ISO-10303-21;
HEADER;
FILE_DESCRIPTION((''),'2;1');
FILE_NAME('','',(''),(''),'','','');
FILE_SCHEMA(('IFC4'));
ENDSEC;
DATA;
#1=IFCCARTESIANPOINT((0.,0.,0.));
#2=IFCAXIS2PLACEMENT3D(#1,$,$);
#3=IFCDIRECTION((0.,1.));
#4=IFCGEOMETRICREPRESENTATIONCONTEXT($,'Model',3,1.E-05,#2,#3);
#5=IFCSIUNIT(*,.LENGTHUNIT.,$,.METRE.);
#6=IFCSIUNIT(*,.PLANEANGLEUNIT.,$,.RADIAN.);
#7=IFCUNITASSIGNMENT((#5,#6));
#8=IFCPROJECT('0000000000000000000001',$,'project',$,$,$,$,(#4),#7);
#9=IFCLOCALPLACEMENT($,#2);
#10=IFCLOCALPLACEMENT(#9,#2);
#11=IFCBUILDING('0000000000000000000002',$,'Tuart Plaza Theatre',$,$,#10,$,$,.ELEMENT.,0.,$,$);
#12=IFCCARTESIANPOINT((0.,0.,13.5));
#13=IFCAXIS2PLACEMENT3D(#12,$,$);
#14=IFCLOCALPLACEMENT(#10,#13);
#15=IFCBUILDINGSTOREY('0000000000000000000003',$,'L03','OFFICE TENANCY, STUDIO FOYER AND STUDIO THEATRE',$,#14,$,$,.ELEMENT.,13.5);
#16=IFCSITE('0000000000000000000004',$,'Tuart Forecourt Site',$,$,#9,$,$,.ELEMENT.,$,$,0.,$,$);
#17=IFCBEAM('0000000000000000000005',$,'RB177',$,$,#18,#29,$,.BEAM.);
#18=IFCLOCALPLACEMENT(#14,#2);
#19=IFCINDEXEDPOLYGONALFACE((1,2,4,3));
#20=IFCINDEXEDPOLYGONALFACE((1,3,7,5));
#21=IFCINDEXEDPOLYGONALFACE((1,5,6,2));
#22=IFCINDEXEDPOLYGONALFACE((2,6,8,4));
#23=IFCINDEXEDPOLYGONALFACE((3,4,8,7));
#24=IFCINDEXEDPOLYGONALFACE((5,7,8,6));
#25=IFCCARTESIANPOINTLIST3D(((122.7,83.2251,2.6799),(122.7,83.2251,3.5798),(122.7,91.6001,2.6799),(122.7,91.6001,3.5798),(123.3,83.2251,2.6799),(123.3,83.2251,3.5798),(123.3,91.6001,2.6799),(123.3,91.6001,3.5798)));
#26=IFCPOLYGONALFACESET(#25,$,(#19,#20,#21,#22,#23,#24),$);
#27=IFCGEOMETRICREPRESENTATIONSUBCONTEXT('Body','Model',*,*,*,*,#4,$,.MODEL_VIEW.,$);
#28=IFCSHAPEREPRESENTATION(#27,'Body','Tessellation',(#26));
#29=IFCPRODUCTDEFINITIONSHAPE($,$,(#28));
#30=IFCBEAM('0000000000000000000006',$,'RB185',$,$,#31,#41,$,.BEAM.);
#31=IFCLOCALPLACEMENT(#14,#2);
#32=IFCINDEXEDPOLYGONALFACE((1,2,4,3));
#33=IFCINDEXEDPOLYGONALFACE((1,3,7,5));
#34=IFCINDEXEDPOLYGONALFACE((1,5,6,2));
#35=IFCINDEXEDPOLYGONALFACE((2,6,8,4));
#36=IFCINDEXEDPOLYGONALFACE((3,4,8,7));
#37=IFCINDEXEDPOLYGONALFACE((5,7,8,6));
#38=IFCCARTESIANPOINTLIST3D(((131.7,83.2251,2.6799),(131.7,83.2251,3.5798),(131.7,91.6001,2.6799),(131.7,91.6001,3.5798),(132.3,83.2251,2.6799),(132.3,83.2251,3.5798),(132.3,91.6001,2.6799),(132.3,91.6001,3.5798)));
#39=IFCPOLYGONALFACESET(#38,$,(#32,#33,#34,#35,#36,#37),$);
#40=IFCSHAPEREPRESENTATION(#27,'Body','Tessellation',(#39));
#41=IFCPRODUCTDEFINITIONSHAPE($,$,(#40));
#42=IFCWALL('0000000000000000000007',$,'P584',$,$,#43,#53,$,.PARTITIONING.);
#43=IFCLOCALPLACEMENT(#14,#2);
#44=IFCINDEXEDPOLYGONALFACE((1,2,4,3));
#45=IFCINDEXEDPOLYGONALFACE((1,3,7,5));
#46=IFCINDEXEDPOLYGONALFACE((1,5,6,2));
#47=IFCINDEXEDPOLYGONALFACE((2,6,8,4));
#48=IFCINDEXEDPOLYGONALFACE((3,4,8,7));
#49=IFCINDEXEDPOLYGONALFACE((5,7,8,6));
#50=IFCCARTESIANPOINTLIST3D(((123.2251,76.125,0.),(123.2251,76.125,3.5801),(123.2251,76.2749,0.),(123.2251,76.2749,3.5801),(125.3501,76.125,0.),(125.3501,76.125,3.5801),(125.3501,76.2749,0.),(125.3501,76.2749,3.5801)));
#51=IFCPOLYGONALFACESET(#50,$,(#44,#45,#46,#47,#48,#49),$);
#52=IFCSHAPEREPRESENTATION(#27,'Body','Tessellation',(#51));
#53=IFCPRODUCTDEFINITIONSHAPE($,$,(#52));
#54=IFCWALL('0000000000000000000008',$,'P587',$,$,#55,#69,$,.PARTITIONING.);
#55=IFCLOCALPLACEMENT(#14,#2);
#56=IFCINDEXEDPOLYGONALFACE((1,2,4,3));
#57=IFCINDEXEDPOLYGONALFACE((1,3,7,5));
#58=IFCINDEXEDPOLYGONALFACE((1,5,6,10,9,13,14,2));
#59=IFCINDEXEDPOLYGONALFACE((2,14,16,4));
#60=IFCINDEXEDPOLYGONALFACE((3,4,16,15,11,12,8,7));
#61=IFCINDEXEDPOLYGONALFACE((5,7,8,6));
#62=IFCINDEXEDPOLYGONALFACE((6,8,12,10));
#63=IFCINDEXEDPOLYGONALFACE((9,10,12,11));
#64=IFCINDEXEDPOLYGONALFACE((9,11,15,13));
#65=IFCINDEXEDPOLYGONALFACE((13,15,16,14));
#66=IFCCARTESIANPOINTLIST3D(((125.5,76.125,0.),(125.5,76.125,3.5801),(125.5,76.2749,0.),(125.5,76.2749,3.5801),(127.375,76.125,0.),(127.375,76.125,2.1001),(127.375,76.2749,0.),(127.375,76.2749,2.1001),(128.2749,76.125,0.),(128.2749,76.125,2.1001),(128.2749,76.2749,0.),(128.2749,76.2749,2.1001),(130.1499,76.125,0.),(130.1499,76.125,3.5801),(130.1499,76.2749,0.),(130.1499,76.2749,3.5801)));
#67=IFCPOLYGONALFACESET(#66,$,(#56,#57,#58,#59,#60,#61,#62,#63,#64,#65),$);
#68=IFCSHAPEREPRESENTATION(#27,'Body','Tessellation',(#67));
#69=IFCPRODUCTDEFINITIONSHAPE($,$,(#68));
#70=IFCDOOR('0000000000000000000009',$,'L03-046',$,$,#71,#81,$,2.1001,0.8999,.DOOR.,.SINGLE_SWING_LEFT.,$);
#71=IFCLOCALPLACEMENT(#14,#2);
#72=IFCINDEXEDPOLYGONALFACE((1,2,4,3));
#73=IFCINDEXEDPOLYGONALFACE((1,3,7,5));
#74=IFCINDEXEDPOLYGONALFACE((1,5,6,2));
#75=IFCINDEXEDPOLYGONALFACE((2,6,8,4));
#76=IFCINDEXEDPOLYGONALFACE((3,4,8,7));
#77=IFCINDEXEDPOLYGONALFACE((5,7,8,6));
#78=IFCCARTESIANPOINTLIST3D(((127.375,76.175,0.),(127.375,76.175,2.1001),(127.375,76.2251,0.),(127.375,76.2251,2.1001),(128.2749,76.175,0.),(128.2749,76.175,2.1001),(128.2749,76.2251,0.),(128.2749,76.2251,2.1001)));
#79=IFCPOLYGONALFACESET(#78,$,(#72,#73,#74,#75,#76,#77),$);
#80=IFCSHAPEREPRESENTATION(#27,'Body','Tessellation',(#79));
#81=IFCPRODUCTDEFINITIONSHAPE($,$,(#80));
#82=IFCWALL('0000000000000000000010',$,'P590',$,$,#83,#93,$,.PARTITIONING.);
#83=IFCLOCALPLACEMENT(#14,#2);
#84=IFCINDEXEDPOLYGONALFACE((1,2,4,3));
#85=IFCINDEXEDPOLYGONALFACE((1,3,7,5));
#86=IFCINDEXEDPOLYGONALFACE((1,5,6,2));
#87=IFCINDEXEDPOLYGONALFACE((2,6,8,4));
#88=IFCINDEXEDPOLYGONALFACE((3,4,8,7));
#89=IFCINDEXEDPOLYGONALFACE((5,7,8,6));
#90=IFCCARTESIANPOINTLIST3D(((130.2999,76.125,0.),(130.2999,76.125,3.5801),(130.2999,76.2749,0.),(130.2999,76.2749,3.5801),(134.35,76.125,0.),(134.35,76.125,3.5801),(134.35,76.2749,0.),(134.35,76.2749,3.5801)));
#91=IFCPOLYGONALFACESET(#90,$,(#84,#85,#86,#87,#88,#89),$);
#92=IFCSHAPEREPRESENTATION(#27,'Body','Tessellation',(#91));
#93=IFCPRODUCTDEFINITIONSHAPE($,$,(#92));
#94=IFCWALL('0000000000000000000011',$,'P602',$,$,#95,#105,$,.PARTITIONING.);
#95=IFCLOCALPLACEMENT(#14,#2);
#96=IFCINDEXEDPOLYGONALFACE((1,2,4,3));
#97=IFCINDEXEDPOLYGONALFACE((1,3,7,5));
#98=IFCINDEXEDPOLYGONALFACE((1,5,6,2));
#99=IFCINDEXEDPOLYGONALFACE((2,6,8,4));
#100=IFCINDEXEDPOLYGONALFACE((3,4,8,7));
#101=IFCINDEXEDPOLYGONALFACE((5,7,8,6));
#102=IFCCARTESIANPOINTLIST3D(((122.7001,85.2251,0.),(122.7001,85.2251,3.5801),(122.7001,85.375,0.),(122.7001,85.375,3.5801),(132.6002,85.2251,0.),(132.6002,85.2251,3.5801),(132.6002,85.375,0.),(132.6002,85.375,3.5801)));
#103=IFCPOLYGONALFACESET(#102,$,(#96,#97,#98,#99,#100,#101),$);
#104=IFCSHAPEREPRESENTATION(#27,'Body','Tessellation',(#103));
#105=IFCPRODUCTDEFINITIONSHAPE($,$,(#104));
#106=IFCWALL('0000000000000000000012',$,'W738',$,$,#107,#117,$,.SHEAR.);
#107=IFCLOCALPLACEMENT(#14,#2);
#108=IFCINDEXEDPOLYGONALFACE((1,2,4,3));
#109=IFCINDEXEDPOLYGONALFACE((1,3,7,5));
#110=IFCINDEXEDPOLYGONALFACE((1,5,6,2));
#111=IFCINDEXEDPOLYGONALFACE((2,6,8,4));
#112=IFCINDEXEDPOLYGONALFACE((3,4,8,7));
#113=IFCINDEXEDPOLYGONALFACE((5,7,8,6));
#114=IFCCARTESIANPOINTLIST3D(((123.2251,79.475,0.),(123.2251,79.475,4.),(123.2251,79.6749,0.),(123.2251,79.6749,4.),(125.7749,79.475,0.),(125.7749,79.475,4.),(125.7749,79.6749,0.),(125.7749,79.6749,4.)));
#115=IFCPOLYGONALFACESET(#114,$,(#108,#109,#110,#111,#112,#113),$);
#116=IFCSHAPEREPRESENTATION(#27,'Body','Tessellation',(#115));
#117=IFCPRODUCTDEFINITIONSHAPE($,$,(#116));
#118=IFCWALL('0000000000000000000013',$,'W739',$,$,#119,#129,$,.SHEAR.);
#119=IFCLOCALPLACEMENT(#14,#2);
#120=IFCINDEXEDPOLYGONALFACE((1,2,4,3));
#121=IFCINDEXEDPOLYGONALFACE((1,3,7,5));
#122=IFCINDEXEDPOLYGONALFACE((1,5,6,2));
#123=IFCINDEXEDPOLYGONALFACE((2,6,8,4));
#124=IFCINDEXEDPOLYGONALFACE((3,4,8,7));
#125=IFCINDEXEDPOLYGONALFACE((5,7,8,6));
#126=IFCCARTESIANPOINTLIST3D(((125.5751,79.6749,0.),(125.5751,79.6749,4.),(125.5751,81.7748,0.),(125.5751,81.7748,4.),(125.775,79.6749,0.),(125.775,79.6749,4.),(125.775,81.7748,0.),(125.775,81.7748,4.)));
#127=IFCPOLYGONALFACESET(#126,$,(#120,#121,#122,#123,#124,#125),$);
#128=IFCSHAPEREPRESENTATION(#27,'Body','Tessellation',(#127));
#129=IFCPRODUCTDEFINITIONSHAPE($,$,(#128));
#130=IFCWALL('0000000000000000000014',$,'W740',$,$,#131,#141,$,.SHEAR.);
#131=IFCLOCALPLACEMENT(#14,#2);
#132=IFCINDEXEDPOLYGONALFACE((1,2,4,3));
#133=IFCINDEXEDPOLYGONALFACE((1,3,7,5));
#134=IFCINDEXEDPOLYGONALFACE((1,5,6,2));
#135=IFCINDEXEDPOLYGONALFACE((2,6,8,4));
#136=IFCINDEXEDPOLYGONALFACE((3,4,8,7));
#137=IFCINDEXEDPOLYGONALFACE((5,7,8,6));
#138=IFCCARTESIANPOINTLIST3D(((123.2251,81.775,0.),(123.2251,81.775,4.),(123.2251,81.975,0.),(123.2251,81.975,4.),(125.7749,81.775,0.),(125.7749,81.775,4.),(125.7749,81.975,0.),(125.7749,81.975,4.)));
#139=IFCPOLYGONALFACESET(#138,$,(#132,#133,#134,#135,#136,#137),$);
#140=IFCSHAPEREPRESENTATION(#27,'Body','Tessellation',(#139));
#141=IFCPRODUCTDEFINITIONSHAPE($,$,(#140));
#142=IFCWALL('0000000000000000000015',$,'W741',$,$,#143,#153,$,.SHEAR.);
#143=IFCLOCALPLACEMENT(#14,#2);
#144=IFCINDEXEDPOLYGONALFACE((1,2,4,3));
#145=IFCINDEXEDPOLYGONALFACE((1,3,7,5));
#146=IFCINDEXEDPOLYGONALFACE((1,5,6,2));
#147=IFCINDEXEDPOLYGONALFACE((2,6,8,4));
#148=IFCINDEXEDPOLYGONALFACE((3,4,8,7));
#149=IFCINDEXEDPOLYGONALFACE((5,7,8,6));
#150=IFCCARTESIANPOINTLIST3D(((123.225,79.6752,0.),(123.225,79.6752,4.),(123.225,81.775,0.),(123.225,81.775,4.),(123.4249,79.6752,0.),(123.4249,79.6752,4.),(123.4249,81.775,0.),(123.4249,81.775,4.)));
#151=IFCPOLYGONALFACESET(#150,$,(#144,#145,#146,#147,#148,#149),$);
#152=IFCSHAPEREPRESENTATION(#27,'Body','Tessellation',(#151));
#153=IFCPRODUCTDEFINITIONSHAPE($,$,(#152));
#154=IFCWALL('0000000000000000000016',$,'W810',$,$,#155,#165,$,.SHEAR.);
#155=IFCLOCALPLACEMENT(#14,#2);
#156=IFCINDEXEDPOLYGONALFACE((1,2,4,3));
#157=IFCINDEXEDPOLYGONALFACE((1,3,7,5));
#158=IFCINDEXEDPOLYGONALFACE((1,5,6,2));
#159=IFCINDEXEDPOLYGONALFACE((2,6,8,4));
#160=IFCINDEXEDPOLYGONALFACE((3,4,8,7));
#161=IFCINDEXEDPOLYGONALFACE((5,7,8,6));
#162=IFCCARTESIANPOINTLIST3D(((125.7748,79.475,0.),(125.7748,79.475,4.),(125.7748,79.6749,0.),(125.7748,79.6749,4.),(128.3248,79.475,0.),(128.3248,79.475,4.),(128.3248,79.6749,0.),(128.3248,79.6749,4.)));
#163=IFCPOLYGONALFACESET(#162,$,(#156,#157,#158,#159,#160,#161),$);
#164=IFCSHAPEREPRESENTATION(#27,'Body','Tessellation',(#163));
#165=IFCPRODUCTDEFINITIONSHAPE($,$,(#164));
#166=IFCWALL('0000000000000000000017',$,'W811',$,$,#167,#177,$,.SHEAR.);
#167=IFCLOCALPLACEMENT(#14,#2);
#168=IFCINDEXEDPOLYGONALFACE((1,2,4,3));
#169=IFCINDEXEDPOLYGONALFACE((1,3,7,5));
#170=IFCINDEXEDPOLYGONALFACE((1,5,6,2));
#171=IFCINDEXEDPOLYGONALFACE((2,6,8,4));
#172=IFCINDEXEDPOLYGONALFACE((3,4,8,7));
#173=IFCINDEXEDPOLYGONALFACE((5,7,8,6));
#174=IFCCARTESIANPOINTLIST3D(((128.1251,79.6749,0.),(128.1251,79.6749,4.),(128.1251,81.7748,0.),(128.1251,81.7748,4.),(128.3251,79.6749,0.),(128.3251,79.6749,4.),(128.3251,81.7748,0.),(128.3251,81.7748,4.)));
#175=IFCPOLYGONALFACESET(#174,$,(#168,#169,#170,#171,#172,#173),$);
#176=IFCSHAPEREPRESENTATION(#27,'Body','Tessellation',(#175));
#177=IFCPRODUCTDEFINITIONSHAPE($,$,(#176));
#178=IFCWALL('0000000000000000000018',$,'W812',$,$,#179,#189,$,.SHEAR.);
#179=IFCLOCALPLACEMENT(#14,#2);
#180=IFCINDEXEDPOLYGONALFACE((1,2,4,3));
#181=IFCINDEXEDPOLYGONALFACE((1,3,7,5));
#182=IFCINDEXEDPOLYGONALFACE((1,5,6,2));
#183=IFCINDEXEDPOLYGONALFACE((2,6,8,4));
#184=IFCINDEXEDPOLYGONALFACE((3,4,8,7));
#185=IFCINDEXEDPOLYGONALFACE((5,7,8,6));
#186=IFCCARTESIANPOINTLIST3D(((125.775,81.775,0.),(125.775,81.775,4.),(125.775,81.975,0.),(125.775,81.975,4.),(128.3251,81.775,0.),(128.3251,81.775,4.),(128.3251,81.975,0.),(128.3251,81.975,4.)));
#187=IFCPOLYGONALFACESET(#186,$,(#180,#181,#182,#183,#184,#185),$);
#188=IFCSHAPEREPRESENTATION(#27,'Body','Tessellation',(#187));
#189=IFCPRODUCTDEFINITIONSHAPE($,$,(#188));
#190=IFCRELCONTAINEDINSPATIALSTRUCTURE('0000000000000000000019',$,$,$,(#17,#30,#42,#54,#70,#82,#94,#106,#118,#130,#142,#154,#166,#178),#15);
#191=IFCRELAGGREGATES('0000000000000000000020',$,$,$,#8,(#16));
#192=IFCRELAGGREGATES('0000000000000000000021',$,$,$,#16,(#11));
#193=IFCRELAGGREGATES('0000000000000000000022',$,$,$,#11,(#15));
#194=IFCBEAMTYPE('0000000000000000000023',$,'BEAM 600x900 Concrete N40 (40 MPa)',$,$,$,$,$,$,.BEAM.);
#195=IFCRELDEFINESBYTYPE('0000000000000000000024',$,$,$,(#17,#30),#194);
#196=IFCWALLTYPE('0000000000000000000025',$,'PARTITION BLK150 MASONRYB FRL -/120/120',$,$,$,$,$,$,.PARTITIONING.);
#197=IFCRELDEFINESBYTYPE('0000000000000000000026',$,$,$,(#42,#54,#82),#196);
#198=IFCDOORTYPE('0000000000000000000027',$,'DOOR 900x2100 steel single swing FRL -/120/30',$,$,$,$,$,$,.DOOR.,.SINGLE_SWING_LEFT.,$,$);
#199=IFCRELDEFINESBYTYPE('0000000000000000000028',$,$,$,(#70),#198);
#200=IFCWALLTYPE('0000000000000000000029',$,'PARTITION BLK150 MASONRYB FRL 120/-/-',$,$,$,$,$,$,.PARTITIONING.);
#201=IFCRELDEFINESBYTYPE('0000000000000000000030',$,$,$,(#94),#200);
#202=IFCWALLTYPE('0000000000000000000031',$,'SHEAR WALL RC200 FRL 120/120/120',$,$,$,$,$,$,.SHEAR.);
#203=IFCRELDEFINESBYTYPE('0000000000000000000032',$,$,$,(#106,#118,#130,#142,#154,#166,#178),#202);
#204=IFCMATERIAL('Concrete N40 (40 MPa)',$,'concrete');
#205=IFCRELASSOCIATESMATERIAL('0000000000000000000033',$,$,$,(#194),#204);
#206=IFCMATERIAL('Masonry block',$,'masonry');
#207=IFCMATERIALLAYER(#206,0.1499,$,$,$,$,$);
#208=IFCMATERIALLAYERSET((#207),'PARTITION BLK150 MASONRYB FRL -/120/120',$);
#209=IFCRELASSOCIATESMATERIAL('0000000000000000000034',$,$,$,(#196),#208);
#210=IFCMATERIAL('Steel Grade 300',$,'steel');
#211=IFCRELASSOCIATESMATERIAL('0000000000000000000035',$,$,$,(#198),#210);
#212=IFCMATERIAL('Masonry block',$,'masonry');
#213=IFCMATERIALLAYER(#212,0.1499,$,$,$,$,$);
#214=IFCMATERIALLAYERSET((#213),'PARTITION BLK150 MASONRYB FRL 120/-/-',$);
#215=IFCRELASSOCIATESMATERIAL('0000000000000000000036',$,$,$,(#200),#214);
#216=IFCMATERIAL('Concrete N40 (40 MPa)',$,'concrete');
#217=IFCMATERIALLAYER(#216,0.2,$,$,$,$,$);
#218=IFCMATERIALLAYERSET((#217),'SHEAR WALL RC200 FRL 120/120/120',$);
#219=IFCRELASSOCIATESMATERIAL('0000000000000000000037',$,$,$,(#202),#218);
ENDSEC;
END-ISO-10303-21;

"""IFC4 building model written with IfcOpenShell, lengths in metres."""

from ifc_helpers import new_model, si_unit, direction, frame, frame_2d, origin, origin_2d, place, context, subcontext, project, spatial, rectangle, extrude, material, layer, layer_set, material_profile, profile_set, type_object, element, fill, save


model = new_model("IFC4")

# Units and contexts
model_context = context("Model", 3, precision=1e-05, world=origin(), true_north=direction((0.0, 1.0)))
body_context = subcontext(model_context, "Body", "Model", "MODEL_VIEW")
ifc_project = project(units=[si_unit("LENGTHUNIT", "METRE"), si_unit("PLANEANGLEUNIT", "RADIAN")], contexts=[model_context])

# Site, building, storey
site_placement = place(None, origin())
site = spatial("IfcSite", under=ifc_project, at=site_placement, Name="Tuart Forecourt Site", CompositionType="ELEMENT", RefElevation=0.0)
building_placement = place(site_placement, origin())
building = spatial("IfcBuilding", under=site, at=building_placement, Name="Tuart Plaza Theatre", CompositionType="ELEMENT", ElevationOfRefHeight=0.0)
storey_placement = place(building_placement, frame((0.0, 0.0, 13.5)))
storey = spatial("IfcBuildingStorey", under=building, at=storey_placement, Name="L03", Description="OFFICE TENANCY, STUDIO FOYER AND STUDIO THEATRE", CompositionType="ELEMENT", Elevation=13.5)

# Beams
ifc_material_1 = material(Name="Concrete N40 (40 MPa)", Category="concrete")
ifc_material_profile = material_profile(ifc_material_1, rectangle(XDim=0.6001, YDim=0.8999, at=origin_2d()), Name="BEAM 600x900 Concrete N40 (40 MPa)")
ifc_profile_set = profile_set([ifc_material_profile], Name="Concrete N40 (40 MPa)")
beam_type = type_object("IfcBeamType", Name="BEAM 600x900 Concrete N40 (40 MPa)", PredefinedType="BEAM", material=ifc_profile_set)
for number, where, z_axis, x_axis, name in (
    (1, (123.0, 83.2251, 3.1299), (0.0, 1.0, 0.0), (-1.0, 0.0, 0.0), "RB177"),
    (2, (132.0, 83.2251, 3.1299), (0.0, 1.0, 0.0), (-1.0, 0.0, 0.0), "RB185"),
):
    element("IfcBeam", number, at=place(storey_placement, frame(where, z_axis=z_axis, x_axis=x_axis)), inside=storey, type_object=beam_type, Name=name, PredefinedType="BEAM", context=body_context, shape_type="SweptSolid", body=[
        extrude(rectangle(XDim=0.6001, YDim=0.8999, at=origin_2d()), origin(), (0.0, 0.0, 1.0), 8.375),
    ])

# Wall
ifc_material_2 = material(Name="Masonry block", Category="masonry")
ifc_layer_1 = layer(ifc_material_2, 0.1499)
ifc_layer_set_1 = layer_set([ifc_layer_1], Name="PARTITION BLK150 MASONRYB FRL -/120/120")
wall_type_1 = type_object("IfcWallType", Name="PARTITION BLK150 MASONRYB FRL -/120/120", PredefinedType="PARTITIONING", material=ifc_layer_set_1)
wall_1_placement = place(storey_placement, frame((123.2251, 76.2, 0.0), z_axis=(0.0, 0.0, 1.0), x_axis=(1.0, 0.0, 0.0)))
element("IfcWall", 3, at=wall_1_placement, inside=storey, type_object=wall_type_1, Name="P584", PredefinedType="PARTITIONING", context=body_context, shape_type="SweptSolid", body=[
    extrude(rectangle(XDim=2.125, YDim=0.1499, at=frame_2d((1.0625, 0.0))), origin(), (0.0, 0.0, 1.0), 3.5801),
])

# Wall, opening, door
wall_2_placement = place(storey_placement, frame((125.5, 76.2, 0.0), z_axis=(0.0, 0.0, 1.0), x_axis=(1.0, 0.0, 0.0)))
wall_2 = element("IfcWall", 4, at=wall_2_placement, inside=storey, type_object=wall_type_1, Name="P587", PredefinedType="PARTITIONING", context=body_context, shape_type="SweptSolid", body=[
    extrude(rectangle(XDim=4.6499, YDim=0.1499, at=frame_2d((2.325, 0.0))), origin(), (0.0, 0.0, 1.0), 3.5801),
])
opening_1_placement = place(wall_2_placement, frame((1.875, 0.0, 0.0)))
opening_1 = element("IfcOpeningElement", 5, at=opening_1_placement, cuts=wall_2, PredefinedType="OPENING", context=body_context, shape_type="SweptSolid", body=[
    extrude(rectangle(XDim=0.8999, YDim=2.1001, at=frame_2d((0.45, 1.05))), frame((0.0, 0.085, 0.0), z_axis=(0.0, -1.0, 0.0), x_axis=(1.0, 0.0, 0.0)), (0.0, 0.0, 1.0), 0.1699),
])
ifc_material_3 = material(Name="Steel Grade 300", Category="steel")
door_type_1 = type_object("IfcDoorType", Name="DOOR 900x2100 steel single swing FRL -/120/30", OperationType="SINGLE_SWING_LEFT", PredefinedType="DOOR", material=ifc_material_3)
door_1_placement = place(opening_1_placement, frame((0.8999, 0.0, 0.0), z_axis=(0.0, 0.0, 1.0), x_axis=(-1.0, 0.0, 0.0)))
door_1 = element("IfcDoor", 6, at=door_1_placement, inside=storey, type_object=door_type_1, Name="L03-046", OperationType="SINGLE_SWING_LEFT", OverallHeight=2.1001, OverallWidth=0.8999, PredefinedType="DOOR", context=body_context, shape_type="SweptSolid", body=[
    extrude(rectangle(XDim=0.8999, YDim=2.1001, at=frame_2d((0.45, 1.05))), frame((0.0, 0.0249, 0.0), z_axis=(0.0, -1.0, 0.0), x_axis=(1.0, 0.0, 0.0)), (0.0, 0.0, 1.0), 0.05),
])
fill(opening_1, door_1)

# Walls
wall_3_placement = place(storey_placement, frame((130.3, 76.2, 0.0), z_axis=(0.0, 0.0, 1.0), x_axis=(1.0, 0.0, 0.0)))
element("IfcWall", 7, at=wall_3_placement, inside=storey, type_object=wall_type_1, Name="P590", PredefinedType="PARTITIONING", context=body_context, shape_type="SweptSolid", body=[
    extrude(rectangle(XDim=4.05, YDim=0.1499, at=frame_2d((2.0249, 0.0))), origin(), (0.0, 0.0, 1.0), 3.5801),
])
ifc_material_4 = material(Name="Masonry block", Category="masonry")
ifc_layer_2 = layer(ifc_material_4, 0.1499)
ifc_layer_set_2 = layer_set([ifc_layer_2], Name="PARTITION BLK150 MASONRYB FRL 120/-/-")
wall_type_2 = type_object("IfcWallType", Name="PARTITION BLK150 MASONRYB FRL 120/-/-", PredefinedType="PARTITIONING", material=ifc_layer_set_2)
wall_4_placement = place(storey_placement, frame((122.7, 85.3, 0.0), z_axis=(0.0, 0.0, 1.0), x_axis=(1.0, 0.0, 0.0)))
element("IfcWall", 8, at=wall_4_placement, inside=storey, type_object=wall_type_2, Name="P602", PredefinedType="PARTITIONING", context=body_context, shape_type="SweptSolid", body=[
    extrude(rectangle(XDim=9.9001, YDim=0.1499, at=frame_2d((4.9502, 0.0))), origin(), (0.0, 0.0, 1.0), 3.5801),
])
ifc_material_5 = material(Name="Concrete N40 (40 MPa)", Category="concrete")
ifc_layer_3 = layer(ifc_material_5, 0.2)
ifc_layer_set_3 = layer_set([ifc_layer_3], Name="SHEAR WALL RC200 FRL 120/120/120")
wall_type_3 = type_object("IfcWallType", Name="SHEAR WALL RC200 FRL 120/120/120", PredefinedType="SHEAR", material=ifc_layer_set_3)
wall_5_placement = place(storey_placement, frame((123.2251, 79.575, 0.0), z_axis=(0.0, 0.0, 1.0), x_axis=(1.0, 0.0, 0.0)))
element("IfcWall", 9, at=wall_5_placement, inside=storey, type_object=wall_type_3, Name="W738", PredefinedType="SHEAR", context=body_context, shape_type="SweptSolid", body=[
    extrude(rectangle(XDim=2.5498, YDim=0.2, at=frame_2d((1.2749, 0.0))), origin(), (0.0, 0.0, 1.0), 4.0),
])
wall_6_placement = place(storey_placement, frame((125.675, 79.675, 0.0), z_axis=(0.0, 0.0, 1.0), x_axis=(0.0, 1.0, 0.0)))
element("IfcWall", 10, at=wall_6_placement, inside=storey, type_object=wall_type_3, Name="W739", PredefinedType="SHEAR", context=body_context, shape_type="SweptSolid", body=[
    extrude(rectangle(XDim=2.0999, YDim=0.2, at=frame_2d((1.0498, 0.0))), origin(), (0.0, 0.0, 1.0), 4.0),
])
wall_7_placement = place(storey_placement, frame((125.7749, 81.875, 0.0), z_axis=(0.0, 0.0, 1.0), x_axis=(-1.0, 0.0, 0.0)))
element("IfcWall", 11, at=wall_7_placement, inside=storey, type_object=wall_type_3, Name="W740", PredefinedType="SHEAR", context=body_context, shape_type="SweptSolid", body=[
    extrude(rectangle(XDim=2.5498, YDim=0.2, at=frame_2d((1.2749, 0.0))), origin(), (0.0, 0.0, 1.0), 4.0),
])
wall_8_placement = place(storey_placement, frame((123.325, 81.7749, 0.0), z_axis=(0.0, 0.0, 1.0), x_axis=(0.0, -1.0, 0.0)))
element("IfcWall", 12, at=wall_8_placement, inside=storey, type_object=wall_type_3, Name="W741", PredefinedType="SHEAR", context=body_context, shape_type="SweptSolid", body=[
    extrude(rectangle(XDim=2.0999, YDim=0.2, at=frame_2d((1.0498, 0.0))), origin(), (0.0, 0.0, 1.0), 4.0),
])
wall_9_placement = place(storey_placement, frame((125.7749, 79.575, 0.0), z_axis=(0.0, 0.0, 1.0), x_axis=(1.0, 0.0, 0.0)))
element("IfcWall", 13, at=wall_9_placement, inside=storey, type_object=wall_type_3, Name="W810", PredefinedType="SHEAR", context=body_context, shape_type="SweptSolid", body=[
    extrude(rectangle(XDim=2.55, YDim=0.2, at=frame_2d((1.2749, 0.0))), origin(), (0.0, 0.0, 1.0), 4.0),
])
wall_10_placement = place(storey_placement, frame((128.2251, 79.675, 0.0), z_axis=(0.0, 0.0, 1.0), x_axis=(0.0, 1.0, 0.0)))
element("IfcWall", 14, at=wall_10_placement, inside=storey, type_object=wall_type_3, Name="W811", PredefinedType="SHEAR", context=body_context, shape_type="SweptSolid", body=[
    extrude(rectangle(XDim=2.0999, YDim=0.2, at=frame_2d((1.0498, 0.0))), origin(), (0.0, 0.0, 1.0), 4.0),
])
wall_11_placement = place(storey_placement, frame((128.325, 81.875, 0.0), z_axis=(0.0, 0.0, 1.0), x_axis=(-1.0, 0.0, 0.0)))
element("IfcWall", 15, at=wall_11_placement, inside=storey, type_object=wall_type_3, Name="W812", PredefinedType="SHEAR", context=body_context, shape_type="SweptSolid", body=[
    extrude(rectangle(XDim=2.55, YDim=0.2, at=frame_2d((1.2749, 0.0))), origin(), (0.0, 0.0, 1.0), 4.0),
])

save(model, "model.ifc")
